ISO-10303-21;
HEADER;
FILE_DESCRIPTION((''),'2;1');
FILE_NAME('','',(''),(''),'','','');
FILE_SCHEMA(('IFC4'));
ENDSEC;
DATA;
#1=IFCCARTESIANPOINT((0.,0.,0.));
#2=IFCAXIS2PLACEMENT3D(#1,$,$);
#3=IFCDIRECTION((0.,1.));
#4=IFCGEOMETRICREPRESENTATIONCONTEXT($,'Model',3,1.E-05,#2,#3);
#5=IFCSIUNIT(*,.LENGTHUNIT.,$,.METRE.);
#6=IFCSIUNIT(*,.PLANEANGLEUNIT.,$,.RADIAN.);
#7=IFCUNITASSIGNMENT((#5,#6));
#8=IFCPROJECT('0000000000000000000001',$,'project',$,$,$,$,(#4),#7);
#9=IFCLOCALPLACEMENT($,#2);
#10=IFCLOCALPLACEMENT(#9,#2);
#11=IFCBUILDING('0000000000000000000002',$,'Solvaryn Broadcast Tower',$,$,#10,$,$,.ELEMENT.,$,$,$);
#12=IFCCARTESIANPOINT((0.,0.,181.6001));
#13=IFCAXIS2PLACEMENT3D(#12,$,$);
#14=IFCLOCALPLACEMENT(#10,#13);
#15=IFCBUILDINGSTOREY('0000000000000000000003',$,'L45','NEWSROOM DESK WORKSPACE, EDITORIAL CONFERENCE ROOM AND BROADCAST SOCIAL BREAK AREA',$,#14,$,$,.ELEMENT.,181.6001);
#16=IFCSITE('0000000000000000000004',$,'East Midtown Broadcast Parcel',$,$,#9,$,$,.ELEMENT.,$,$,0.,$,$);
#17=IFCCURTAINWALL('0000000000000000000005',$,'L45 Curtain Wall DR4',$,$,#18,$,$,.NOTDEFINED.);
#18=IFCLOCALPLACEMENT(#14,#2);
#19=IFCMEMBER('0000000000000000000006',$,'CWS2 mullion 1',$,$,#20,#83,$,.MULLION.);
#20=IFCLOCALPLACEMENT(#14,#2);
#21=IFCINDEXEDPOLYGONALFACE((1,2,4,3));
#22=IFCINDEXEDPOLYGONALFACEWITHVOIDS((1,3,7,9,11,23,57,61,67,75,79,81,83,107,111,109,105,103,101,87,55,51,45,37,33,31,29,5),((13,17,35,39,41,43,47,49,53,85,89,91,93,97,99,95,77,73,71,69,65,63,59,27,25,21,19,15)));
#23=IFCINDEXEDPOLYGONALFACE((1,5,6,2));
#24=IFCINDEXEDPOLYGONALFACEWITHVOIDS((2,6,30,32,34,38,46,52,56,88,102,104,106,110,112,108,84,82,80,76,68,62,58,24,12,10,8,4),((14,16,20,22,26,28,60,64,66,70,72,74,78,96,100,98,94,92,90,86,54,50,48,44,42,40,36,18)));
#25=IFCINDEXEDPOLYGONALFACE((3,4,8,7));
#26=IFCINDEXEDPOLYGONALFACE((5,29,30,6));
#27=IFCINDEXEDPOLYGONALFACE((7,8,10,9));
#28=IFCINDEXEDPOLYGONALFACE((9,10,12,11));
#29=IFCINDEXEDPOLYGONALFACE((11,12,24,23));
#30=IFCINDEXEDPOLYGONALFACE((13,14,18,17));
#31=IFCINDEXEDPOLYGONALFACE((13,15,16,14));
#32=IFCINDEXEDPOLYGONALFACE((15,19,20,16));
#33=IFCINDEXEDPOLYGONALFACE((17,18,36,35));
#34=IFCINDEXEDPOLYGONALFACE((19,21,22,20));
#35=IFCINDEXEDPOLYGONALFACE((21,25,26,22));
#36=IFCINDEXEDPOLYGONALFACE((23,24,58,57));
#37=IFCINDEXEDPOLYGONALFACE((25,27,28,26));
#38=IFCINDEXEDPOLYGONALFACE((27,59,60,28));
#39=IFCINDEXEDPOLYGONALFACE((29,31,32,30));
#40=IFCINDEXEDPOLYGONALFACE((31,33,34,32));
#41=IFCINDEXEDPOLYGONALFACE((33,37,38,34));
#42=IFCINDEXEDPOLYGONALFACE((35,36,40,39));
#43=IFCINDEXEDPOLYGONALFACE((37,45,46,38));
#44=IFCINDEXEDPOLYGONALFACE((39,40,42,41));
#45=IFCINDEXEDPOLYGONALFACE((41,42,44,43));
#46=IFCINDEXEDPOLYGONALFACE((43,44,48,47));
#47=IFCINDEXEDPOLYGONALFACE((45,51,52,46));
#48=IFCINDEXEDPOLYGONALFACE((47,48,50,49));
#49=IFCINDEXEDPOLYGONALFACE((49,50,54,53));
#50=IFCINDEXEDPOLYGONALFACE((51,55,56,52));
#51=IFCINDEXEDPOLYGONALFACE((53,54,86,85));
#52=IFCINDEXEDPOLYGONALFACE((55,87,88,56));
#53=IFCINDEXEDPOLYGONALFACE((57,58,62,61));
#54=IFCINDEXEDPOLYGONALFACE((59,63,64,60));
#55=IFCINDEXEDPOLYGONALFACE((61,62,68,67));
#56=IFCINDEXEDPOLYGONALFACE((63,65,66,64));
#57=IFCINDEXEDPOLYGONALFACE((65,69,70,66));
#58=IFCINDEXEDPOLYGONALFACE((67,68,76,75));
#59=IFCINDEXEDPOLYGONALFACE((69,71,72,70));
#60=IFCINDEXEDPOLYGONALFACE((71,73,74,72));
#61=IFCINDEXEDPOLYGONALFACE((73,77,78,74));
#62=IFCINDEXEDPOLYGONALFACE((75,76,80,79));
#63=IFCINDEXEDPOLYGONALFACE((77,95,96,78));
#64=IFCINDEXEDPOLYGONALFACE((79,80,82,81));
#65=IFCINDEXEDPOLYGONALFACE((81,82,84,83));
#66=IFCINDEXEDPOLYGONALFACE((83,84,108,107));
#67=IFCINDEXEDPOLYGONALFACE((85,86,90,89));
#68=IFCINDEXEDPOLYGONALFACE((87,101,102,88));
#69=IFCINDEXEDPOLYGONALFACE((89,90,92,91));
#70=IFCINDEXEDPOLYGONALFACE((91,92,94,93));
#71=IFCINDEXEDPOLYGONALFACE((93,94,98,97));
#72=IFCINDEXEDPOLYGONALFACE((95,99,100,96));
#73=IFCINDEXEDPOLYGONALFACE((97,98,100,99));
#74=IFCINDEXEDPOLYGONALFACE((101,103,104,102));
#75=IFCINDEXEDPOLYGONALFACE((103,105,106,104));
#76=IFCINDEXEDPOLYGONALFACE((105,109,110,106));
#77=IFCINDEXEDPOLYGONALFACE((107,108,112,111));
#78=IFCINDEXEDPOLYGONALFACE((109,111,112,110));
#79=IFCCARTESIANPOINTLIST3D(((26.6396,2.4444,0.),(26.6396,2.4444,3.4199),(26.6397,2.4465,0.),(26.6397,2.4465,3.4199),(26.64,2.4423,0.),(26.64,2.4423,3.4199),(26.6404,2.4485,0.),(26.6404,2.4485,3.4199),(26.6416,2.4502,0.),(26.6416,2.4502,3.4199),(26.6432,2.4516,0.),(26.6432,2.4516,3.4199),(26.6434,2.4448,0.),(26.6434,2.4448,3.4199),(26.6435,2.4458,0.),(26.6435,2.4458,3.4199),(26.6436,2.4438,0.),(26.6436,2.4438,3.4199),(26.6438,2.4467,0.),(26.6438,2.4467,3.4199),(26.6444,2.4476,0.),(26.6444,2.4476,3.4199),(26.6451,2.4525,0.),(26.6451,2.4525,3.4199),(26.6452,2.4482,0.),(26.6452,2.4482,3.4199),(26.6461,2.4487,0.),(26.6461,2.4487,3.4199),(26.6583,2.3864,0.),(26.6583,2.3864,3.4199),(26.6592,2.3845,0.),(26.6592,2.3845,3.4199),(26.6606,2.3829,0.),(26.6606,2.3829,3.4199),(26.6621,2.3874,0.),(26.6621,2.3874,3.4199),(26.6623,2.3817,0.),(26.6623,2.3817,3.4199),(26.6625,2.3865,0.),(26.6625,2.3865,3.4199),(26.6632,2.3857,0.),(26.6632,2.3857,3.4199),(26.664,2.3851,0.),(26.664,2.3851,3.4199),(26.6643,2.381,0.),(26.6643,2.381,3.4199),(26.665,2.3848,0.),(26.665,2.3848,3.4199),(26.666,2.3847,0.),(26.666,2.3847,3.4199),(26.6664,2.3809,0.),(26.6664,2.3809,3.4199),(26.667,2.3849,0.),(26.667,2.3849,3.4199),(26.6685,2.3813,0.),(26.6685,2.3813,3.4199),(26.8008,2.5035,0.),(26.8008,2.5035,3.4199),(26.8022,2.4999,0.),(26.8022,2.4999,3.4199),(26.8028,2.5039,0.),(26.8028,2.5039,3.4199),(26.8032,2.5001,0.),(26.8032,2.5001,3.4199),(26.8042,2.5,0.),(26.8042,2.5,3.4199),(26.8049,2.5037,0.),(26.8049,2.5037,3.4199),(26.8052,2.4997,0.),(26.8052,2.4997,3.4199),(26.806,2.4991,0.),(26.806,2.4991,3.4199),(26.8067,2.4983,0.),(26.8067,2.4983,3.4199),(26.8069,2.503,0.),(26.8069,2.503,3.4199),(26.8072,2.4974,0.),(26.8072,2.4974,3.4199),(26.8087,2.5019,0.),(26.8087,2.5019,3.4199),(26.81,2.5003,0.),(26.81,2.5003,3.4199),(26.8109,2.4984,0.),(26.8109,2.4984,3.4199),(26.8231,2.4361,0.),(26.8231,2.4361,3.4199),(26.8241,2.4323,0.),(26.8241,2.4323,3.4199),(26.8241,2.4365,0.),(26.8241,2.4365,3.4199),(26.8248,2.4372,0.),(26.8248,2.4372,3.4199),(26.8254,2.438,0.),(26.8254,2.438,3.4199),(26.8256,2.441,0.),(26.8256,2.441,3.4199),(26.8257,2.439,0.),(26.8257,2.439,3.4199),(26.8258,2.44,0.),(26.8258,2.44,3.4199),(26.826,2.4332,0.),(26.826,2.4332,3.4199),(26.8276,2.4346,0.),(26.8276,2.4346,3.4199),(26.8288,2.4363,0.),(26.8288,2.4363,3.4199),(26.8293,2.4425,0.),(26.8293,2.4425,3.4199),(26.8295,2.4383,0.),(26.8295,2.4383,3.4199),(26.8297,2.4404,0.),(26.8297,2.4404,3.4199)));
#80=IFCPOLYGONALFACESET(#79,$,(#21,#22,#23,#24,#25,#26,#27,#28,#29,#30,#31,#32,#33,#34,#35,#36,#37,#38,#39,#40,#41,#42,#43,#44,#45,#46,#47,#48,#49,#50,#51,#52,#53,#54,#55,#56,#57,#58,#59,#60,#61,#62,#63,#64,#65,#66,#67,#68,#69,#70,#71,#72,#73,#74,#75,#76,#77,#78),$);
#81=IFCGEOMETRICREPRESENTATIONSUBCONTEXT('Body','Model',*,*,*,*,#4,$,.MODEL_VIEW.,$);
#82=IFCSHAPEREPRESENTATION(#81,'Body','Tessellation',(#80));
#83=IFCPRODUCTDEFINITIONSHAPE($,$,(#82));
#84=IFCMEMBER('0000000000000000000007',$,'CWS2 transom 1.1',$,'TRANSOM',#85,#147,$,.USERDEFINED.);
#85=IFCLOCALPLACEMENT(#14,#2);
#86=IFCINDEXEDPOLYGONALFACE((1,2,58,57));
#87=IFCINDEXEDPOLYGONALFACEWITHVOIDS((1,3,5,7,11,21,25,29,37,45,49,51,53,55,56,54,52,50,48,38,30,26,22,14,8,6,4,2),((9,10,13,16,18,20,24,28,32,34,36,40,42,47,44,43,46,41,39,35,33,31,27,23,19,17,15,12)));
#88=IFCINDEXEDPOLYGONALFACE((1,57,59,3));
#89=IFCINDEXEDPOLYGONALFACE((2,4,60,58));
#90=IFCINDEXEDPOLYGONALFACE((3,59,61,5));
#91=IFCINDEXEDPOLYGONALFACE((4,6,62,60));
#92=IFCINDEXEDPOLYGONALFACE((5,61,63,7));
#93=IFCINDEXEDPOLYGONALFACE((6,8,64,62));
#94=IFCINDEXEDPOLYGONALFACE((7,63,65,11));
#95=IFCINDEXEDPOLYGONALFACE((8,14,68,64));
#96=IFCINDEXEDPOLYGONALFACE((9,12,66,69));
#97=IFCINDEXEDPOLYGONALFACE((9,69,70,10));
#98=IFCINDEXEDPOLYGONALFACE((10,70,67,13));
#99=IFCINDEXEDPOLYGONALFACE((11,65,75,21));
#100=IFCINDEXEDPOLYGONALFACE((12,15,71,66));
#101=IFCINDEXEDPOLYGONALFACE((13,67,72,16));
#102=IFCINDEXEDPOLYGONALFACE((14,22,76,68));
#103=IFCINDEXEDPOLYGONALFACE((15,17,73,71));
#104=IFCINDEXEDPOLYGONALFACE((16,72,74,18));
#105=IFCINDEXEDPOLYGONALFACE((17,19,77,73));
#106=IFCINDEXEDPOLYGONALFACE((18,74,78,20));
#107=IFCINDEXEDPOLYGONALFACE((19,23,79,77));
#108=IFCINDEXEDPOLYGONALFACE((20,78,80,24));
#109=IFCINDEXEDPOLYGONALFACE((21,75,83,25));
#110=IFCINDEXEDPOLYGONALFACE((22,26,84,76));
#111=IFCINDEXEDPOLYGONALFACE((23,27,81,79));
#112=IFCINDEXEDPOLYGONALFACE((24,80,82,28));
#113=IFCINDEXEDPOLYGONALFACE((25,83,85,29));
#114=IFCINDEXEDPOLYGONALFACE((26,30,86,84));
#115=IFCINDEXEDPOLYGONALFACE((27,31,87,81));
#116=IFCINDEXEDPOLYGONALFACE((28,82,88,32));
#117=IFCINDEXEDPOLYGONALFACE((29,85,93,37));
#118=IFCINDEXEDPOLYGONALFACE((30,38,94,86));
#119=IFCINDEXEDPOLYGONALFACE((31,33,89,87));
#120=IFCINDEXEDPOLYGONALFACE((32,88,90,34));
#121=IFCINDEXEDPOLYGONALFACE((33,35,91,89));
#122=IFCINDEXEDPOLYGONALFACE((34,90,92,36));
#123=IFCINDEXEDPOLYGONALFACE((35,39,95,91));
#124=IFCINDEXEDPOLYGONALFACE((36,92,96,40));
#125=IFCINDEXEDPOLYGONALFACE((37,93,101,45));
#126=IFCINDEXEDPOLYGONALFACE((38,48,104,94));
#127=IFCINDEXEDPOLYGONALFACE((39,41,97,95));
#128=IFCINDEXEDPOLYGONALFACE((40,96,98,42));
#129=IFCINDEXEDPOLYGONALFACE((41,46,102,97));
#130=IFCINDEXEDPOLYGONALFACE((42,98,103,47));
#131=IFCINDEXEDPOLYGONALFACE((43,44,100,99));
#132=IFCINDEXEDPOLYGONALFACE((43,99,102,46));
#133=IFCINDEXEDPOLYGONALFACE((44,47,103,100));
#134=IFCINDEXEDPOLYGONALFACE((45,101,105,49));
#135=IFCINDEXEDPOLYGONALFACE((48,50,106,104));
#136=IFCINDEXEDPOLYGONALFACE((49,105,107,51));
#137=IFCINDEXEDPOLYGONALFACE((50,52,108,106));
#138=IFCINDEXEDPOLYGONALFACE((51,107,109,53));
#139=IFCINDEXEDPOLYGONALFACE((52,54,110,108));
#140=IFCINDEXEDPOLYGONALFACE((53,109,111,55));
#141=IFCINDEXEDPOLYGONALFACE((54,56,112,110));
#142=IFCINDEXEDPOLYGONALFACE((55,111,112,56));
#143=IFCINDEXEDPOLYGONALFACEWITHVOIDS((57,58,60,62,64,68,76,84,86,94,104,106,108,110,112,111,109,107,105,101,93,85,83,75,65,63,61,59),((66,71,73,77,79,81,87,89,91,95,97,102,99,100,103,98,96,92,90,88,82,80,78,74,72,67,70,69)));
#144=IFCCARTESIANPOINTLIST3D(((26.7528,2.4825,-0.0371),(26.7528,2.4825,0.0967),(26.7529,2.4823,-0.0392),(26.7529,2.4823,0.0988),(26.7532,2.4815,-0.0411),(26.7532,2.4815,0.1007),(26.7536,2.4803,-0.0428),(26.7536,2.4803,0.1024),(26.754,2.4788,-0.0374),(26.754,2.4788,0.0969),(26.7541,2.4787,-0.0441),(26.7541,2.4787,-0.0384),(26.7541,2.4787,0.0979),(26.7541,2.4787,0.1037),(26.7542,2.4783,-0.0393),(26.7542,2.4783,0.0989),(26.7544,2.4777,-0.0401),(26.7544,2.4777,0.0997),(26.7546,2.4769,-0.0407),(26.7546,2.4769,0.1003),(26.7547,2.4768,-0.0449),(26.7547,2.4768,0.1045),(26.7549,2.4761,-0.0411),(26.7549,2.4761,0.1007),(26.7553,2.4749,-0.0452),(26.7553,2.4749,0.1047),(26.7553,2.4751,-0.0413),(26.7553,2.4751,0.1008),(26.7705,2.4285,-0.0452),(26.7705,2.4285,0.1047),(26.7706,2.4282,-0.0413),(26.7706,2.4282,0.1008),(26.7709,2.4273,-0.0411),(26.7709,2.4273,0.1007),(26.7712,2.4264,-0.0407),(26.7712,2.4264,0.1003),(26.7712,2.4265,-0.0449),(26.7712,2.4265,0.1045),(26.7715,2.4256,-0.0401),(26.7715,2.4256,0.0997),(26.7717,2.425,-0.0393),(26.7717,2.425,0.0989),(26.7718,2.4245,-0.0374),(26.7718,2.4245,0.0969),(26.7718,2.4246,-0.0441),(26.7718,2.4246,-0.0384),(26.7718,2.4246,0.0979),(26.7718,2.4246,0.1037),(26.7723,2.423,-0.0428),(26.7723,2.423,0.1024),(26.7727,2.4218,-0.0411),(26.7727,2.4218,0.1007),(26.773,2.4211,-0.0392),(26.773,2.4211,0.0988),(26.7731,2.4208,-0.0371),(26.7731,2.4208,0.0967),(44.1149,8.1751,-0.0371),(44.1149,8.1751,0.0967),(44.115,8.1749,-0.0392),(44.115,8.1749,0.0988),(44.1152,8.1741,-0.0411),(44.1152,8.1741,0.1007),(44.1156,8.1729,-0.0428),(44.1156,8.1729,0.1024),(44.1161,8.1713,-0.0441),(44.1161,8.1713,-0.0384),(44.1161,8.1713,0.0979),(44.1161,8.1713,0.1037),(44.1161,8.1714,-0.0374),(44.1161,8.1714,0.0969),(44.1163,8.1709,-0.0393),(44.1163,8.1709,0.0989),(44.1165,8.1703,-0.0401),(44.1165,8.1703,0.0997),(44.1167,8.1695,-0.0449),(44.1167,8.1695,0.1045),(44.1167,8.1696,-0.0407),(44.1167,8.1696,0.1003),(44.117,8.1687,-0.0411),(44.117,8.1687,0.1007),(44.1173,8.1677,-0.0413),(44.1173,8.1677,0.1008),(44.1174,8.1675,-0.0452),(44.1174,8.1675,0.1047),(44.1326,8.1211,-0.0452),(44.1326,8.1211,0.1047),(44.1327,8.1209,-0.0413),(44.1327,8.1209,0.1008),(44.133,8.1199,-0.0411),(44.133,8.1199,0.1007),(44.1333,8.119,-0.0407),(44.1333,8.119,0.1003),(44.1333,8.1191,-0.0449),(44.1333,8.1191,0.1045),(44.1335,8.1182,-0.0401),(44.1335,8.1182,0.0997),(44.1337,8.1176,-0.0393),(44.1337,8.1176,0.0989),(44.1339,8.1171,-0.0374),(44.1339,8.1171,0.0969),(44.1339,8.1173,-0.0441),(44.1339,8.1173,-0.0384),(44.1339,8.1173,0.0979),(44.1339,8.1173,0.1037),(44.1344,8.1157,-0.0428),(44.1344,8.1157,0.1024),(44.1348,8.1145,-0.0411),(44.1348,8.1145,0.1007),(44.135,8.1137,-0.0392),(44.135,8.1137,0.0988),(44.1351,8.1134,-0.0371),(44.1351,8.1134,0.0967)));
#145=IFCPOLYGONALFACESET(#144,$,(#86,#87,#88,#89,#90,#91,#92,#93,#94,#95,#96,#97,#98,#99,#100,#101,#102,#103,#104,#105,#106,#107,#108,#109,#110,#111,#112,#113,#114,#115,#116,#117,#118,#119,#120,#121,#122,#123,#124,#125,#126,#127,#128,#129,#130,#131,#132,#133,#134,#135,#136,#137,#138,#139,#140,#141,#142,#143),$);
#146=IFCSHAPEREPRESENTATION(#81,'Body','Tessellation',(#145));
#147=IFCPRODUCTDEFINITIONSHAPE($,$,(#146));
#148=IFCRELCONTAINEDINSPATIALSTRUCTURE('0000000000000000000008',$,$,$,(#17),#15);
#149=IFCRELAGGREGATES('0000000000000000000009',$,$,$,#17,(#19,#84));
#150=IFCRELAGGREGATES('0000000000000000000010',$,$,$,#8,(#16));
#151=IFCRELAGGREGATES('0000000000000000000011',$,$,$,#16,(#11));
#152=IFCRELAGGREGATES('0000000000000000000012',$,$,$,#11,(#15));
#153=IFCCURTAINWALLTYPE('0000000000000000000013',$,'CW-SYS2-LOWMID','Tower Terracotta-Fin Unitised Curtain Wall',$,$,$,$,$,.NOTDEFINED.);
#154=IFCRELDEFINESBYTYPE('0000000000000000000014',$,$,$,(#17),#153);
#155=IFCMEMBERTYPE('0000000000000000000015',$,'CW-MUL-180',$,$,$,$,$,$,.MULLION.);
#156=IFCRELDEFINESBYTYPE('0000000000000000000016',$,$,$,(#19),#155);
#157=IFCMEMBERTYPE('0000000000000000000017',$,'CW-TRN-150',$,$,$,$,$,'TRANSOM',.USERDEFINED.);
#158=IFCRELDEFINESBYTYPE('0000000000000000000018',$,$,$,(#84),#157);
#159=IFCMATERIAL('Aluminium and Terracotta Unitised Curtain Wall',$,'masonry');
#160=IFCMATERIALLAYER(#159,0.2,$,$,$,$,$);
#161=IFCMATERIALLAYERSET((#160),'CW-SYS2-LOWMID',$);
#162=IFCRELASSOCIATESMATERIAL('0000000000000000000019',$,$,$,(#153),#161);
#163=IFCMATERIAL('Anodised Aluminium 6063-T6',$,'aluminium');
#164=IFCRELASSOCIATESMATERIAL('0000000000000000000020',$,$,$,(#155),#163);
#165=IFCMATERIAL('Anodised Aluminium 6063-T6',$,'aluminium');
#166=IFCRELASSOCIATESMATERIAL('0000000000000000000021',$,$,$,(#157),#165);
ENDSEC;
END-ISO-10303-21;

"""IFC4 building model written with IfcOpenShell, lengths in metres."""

from ifc_helpers import new_model, si_unit, direction, frame, origin, origin_2d, place, context, subcontext, project, spatial, hollow_rectangle, extrude, material, layer, layer_set, material_profile, profile_set, type_object, element, aggregate, save


model = new_model("IFC4")

# Units and contexts
model_context = context("Model", 3, precision=1e-05, world=origin(), true_north=direction((0.0, 1.0)))
body_context = subcontext(model_context, "Body", "Model", "MODEL_VIEW")
ifc_project = project(units=[si_unit("LENGTHUNIT", "METRE"), si_unit("PLANEANGLEUNIT", "RADIAN")], contexts=[model_context])

# Site, building, storey
site_placement = place(None, origin())
site = spatial("IfcSite", under=ifc_project, at=site_placement, Name="East Midtown Broadcast Parcel", CompositionType="ELEMENT", RefElevation=0.0)
building_placement = place(site_placement, origin())
building = spatial("IfcBuilding", under=site, at=building_placement, Name="Solvaryn Broadcast Tower", CompositionType="ELEMENT")
storey_placement = place(building_placement, frame((0.0, 0.0, 181.6001)))
storey = spatial("IfcBuildingStorey", under=building, at=storey_placement, Name="L45", Description="NEWSROOM DESK WORKSPACE, EDITORIAL CONFERENCE ROOM AND BROADCAST SOCIAL BREAK AREA", CompositionType="ELEMENT", Elevation=181.6001)

# Shared definitions
ifc_material_1 = material(Name="Aluminium and Terracotta Unitised Curtain Wall", Category="masonry")
ifc_layer_1 = layer(ifc_material_1, 0.2)
ifc_layer_set_1 = layer_set([ifc_layer_1], Name="CW-SYS2-LOWMID")
curtain_wall_type = type_object("IfcCurtainWallType", Name="CW-SYS2-LOWMID", Description="Tower Terracotta-Fin Unitised Curtain Wall", PredefinedType="NOTDEFINED", material=ifc_layer_set_1)
ifc_material_2 = material(Name="Anodised Aluminium 6063-T6", Category="aluminium")
ifc_material_profile_1 = material_profile(ifc_material_2, hollow_rectangle(XDim=0.075, YDim=0.1799, WallThickness=0.0039, InnerFilletRadius=0.0039, OuterFilletRadius=0.0081, at=origin_2d()))
ifc_profile_set_1 = profile_set([ifc_material_profile_1], Name="Anodised Aluminium 6063-T6")
member_type_1 = type_object("IfcMemberType", Name="CW-MUL-180", PredefinedType="MULLION", material=ifc_profile_set_1)

# Curtain wall, members
curtain_wall_1_placement = place(storey_placement, origin())
curtain_wall_1 = element("IfcCurtainWall", 1, at=curtain_wall_1_placement, inside=storey, type_object=curtain_wall_type, Name="L45 Curtain Wall DR4", PredefinedType="NOTDEFINED")
member_1_placement = place(storey_placement, frame((26.7346, 2.4424, 0.0), z_axis=(0.0, 0.0, 1.0), x_axis=(-0.311559, 0.950227, 0.0)))
member_1 = element("IfcMember", 2, at=member_1_placement, type_object=member_type_1, Name="CWS2 mullion 1", PredefinedType="MULLION", context=body_context, shape_type="SweptSolid", body=[
    extrude(hollow_rectangle(XDim=0.075, YDim=0.1799, WallThickness=0.0039, InnerFilletRadius=0.0039, OuterFilletRadius=0.0081, at=origin_2d()), origin(), (0.0, 0.0, 1.0), 3.4199),
])
ifc_material_3 = material(Name="Anodised Aluminium 6063-T6", Category="aluminium")
ifc_material_profile_2 = material_profile(ifc_material_3, hollow_rectangle(XDim=0.0649, YDim=0.1499, WallThickness=0.0039, InnerFilletRadius=0.0039, OuterFilletRadius=0.0081, at=origin_2d()))
ifc_profile_set_2 = profile_set([ifc_material_profile_2], Name="Anodised Aluminium 6063-T6")
member_type_2 = type_object("IfcMemberType", Name="CW-TRN-150", ElementType="TRANSOM", PredefinedType="USERDEFINED", material=ifc_profile_set_2)
member_2_placement = place(storey_placement, frame((26.7629, 2.4517, 0.0298), z_axis=(0.950227, 0.311558, 0.0), x_axis=(-0.311558, 0.950227, 0.0)))
member_2 = element("IfcMember", 3, at=member_2_placement, type_object=member_type_2, Name="CWS2 transom 1.1", ObjectType="TRANSOM", PredefinedType="USERDEFINED", context=body_context, shape_type="SweptSolid", body=[
    extrude(hollow_rectangle(XDim=0.0649, YDim=0.1499, WallThickness=0.0039, InnerFilletRadius=0.0039, OuterFilletRadius=0.0081, at=origin_2d()), origin(), (0.0, 0.0, 1.0), 18.2715),
])
aggregate(curtain_wall_1, [member_1, member_2])

save(model, "model.ifc")
